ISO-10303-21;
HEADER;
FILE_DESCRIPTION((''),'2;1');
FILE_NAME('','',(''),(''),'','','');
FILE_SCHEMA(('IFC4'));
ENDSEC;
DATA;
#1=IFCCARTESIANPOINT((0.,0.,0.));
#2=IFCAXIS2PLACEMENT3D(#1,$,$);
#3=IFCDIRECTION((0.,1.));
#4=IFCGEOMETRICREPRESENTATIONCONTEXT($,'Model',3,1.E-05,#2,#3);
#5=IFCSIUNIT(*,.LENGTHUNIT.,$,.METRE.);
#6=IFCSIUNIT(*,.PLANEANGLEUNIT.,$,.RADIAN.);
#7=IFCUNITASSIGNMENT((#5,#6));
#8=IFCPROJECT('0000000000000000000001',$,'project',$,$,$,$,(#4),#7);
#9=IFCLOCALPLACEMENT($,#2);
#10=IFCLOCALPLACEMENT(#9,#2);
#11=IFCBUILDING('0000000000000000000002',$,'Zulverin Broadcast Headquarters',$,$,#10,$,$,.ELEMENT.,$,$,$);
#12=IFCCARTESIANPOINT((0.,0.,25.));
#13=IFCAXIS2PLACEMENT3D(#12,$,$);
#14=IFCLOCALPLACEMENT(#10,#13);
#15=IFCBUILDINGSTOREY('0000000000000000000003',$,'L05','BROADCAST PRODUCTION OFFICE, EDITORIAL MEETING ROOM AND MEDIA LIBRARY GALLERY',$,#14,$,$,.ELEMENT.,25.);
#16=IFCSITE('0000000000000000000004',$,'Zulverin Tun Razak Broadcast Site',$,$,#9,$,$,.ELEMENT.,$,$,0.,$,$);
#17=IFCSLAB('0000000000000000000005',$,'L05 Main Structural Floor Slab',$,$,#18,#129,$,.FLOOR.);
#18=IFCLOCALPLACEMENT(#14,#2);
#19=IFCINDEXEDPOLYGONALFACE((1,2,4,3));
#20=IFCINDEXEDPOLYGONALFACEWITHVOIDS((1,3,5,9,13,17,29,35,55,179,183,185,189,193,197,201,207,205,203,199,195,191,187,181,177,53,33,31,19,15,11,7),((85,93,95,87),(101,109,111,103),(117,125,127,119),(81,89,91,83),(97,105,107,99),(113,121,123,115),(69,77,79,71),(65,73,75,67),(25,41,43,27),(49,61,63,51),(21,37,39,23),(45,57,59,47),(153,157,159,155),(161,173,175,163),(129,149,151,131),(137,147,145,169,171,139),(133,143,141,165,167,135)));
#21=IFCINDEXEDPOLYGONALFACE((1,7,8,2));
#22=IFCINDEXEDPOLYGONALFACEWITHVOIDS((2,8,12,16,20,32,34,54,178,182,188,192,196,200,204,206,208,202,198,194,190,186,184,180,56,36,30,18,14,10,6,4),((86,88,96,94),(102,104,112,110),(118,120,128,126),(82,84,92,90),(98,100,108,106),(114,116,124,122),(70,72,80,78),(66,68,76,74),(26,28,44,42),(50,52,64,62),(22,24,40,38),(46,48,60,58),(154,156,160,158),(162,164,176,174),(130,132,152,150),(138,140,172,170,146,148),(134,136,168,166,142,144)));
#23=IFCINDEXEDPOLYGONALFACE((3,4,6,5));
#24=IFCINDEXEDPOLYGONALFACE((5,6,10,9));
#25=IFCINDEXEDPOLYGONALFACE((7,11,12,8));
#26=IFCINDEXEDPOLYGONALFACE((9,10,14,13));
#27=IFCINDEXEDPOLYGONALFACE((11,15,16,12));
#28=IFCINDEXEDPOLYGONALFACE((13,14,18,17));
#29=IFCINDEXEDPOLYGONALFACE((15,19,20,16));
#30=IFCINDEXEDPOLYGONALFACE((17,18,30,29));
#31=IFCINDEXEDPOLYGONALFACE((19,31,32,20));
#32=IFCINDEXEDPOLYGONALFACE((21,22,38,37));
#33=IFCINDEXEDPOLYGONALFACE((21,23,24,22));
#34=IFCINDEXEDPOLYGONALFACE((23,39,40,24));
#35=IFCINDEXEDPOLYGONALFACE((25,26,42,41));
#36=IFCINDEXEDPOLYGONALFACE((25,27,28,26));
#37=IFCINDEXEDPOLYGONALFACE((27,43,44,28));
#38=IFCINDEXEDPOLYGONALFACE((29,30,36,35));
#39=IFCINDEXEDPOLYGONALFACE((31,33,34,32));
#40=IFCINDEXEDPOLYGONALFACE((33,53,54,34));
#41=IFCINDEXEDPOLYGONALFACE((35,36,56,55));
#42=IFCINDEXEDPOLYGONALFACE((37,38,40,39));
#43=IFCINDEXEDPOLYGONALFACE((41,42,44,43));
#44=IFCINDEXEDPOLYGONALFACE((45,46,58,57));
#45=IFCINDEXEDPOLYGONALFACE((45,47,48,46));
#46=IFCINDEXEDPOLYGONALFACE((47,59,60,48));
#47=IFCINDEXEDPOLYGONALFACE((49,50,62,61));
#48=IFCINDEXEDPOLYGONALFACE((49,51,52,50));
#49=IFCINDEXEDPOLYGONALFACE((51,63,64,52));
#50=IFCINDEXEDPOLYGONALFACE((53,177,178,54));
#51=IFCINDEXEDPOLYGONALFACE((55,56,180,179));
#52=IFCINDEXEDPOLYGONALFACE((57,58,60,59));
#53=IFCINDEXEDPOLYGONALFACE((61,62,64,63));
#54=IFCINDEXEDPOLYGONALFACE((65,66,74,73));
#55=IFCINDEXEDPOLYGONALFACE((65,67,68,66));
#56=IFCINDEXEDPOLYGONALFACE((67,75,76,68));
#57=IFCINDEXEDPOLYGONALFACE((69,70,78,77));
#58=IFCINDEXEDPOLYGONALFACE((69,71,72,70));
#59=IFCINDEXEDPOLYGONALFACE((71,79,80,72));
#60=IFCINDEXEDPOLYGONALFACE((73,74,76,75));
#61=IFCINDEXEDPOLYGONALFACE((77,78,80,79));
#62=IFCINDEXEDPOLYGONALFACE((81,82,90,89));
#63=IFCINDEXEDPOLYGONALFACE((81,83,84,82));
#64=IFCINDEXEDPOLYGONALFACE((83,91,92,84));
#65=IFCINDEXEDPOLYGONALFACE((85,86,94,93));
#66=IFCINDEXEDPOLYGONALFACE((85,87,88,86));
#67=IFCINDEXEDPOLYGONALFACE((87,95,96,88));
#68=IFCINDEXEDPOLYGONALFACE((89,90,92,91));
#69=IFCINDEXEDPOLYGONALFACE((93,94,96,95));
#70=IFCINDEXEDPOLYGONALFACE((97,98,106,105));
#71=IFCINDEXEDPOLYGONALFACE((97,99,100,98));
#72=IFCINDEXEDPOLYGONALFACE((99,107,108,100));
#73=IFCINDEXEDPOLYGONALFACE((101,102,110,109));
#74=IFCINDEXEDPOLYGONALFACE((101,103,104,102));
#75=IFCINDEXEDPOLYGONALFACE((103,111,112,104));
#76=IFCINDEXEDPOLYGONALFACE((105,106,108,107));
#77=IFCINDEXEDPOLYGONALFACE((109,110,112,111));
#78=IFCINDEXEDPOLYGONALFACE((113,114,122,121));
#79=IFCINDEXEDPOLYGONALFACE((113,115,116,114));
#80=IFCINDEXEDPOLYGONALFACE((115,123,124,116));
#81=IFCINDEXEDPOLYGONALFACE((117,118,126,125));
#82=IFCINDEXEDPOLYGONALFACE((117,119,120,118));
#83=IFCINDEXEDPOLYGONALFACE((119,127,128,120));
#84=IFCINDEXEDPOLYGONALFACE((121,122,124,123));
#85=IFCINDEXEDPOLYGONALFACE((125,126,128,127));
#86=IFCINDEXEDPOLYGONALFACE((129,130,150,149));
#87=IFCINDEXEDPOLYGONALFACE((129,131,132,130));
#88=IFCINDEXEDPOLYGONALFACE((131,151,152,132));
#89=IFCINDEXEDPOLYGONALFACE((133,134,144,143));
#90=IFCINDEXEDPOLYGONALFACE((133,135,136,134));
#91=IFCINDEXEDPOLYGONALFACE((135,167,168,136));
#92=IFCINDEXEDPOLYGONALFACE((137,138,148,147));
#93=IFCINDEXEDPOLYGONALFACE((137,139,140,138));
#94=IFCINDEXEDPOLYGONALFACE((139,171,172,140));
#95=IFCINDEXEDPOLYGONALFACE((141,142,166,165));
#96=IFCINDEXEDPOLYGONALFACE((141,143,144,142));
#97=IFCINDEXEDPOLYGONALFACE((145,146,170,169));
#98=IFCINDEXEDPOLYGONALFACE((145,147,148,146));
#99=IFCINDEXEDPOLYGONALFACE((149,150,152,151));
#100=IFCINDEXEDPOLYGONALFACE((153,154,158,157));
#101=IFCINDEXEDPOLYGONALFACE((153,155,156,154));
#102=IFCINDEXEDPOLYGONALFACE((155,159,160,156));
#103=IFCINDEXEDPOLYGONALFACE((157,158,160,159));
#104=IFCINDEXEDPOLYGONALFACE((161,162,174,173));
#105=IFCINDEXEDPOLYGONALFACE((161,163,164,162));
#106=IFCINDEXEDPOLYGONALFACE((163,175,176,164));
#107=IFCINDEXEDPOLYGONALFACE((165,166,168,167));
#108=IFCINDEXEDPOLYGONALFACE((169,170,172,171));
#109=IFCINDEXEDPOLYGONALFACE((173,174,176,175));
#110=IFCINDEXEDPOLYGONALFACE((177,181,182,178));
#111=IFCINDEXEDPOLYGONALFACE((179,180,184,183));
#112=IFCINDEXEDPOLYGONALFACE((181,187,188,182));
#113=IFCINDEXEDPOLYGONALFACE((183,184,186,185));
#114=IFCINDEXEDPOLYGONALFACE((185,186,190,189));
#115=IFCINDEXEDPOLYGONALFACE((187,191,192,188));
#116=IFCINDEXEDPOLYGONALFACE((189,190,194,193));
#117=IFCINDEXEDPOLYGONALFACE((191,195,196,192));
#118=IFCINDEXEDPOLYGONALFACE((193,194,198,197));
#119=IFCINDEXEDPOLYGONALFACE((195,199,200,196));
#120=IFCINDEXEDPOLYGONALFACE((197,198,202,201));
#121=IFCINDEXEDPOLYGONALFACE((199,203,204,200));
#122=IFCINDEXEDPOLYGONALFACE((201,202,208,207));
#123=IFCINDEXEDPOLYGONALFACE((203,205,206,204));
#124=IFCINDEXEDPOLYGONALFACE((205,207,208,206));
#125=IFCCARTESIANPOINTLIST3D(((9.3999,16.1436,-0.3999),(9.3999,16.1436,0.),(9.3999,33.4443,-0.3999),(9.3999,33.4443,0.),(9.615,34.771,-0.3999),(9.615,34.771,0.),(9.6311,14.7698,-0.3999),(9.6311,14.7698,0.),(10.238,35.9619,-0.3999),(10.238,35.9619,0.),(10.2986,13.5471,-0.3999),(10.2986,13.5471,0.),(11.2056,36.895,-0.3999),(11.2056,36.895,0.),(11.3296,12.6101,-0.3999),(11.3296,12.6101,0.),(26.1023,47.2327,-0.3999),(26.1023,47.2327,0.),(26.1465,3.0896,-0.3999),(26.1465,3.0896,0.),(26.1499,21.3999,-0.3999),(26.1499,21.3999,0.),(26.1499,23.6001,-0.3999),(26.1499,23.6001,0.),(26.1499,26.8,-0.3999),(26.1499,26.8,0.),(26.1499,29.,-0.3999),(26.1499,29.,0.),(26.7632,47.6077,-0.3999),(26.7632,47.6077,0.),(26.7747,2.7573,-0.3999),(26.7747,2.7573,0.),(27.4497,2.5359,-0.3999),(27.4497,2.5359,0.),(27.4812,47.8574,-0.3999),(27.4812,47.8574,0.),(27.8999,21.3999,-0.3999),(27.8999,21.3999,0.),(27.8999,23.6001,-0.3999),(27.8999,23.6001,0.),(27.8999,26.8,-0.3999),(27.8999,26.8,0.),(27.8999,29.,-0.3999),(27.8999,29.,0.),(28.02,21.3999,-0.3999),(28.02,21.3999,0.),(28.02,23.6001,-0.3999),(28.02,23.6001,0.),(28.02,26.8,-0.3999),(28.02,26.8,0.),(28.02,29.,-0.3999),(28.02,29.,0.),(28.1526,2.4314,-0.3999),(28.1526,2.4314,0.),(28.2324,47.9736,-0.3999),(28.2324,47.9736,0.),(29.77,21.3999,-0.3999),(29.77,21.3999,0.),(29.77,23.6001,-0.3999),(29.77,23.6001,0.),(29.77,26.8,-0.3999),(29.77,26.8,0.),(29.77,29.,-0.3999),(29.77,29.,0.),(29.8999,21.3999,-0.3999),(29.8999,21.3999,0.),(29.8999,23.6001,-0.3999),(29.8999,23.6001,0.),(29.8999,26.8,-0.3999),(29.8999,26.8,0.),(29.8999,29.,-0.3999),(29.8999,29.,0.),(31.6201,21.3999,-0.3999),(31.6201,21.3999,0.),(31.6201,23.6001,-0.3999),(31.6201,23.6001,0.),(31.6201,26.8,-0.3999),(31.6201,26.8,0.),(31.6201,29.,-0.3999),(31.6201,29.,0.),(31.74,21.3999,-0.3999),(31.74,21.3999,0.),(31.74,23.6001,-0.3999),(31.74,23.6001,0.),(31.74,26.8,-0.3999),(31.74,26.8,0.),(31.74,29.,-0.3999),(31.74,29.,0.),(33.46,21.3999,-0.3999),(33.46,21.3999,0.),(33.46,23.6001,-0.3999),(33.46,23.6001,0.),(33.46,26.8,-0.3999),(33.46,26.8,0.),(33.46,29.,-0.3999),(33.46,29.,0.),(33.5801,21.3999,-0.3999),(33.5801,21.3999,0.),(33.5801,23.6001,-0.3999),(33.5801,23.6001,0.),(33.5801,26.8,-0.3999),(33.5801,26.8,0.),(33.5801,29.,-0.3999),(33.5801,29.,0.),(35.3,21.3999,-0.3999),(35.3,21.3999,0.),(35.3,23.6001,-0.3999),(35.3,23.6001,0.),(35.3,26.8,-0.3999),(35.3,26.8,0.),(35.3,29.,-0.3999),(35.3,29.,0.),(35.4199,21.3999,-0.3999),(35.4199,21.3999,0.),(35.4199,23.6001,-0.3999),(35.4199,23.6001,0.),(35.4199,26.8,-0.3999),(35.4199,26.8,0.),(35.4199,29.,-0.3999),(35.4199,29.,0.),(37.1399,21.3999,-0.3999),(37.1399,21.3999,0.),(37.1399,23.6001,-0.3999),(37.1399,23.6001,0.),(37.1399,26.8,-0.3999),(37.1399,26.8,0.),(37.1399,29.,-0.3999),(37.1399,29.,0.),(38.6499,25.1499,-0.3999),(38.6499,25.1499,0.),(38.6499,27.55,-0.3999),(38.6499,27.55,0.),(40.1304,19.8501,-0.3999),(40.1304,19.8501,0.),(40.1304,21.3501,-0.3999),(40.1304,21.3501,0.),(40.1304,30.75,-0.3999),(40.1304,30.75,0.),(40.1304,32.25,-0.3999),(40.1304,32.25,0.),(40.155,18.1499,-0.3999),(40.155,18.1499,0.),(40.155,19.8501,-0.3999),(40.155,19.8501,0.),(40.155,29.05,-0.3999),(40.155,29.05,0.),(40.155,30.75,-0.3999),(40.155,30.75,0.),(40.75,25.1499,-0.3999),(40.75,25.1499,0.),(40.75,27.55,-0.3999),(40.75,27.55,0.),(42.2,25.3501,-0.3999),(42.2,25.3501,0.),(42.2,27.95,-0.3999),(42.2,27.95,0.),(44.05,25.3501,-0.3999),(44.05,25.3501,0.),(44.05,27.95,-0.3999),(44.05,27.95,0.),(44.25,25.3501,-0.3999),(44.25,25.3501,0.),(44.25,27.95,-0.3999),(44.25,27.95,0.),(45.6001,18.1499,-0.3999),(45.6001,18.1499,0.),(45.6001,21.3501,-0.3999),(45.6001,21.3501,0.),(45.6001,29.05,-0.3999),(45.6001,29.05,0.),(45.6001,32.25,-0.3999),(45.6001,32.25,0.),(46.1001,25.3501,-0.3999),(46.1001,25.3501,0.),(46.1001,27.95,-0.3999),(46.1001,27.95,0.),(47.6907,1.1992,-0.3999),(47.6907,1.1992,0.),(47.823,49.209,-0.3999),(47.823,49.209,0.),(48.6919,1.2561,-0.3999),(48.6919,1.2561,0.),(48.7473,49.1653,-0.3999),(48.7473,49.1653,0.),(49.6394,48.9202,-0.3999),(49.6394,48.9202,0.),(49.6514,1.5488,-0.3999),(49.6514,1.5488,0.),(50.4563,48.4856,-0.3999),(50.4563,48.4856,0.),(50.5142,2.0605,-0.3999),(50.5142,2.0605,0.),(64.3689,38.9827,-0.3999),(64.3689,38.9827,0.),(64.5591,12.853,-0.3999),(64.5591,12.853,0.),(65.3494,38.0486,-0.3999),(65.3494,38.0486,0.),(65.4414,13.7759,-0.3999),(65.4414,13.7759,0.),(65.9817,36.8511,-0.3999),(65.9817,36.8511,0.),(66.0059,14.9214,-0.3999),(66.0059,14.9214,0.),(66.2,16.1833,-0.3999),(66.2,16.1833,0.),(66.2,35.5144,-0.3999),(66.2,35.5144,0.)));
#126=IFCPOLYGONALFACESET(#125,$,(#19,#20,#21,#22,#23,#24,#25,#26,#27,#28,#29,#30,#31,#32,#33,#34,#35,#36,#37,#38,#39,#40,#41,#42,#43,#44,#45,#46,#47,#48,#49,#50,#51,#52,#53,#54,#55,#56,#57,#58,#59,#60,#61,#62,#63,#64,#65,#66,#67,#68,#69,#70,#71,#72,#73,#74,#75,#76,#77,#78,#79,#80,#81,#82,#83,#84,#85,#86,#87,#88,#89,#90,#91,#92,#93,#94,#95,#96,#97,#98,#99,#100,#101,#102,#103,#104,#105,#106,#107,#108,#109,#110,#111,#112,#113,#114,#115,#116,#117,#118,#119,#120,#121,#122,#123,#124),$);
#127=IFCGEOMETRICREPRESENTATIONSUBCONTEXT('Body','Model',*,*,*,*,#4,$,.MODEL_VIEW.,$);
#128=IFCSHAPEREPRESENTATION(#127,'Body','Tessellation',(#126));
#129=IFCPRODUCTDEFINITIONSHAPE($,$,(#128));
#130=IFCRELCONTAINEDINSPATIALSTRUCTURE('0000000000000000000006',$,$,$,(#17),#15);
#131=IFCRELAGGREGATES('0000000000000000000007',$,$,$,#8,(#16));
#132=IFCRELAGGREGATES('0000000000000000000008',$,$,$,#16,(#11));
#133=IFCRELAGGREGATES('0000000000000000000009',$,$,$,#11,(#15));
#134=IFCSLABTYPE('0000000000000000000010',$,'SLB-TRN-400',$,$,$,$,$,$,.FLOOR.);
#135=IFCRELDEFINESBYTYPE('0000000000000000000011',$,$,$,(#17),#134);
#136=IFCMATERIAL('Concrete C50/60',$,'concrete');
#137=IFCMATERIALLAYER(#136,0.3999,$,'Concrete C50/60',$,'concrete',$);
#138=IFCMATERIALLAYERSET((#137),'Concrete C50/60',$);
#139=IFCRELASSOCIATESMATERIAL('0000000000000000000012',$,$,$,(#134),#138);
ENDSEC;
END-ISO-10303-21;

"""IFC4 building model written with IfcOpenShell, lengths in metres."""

from ifc_helpers import new_model, si_unit, direction, frame, origin, place, context, subcontext, project, spatial, polyline, outline, extrude, material, layer, layer_set, type_object, element, save


model = new_model("IFC4")

# Units and contexts
model_context = context("Model", 3, precision=1e-05, world=origin(), true_north=direction((0.0, 1.0)))
body_context = subcontext(model_context, "Body", "Model", "MODEL_VIEW")
ifc_project = project(units=[si_unit("LENGTHUNIT", "METRE"), si_unit("PLANEANGLEUNIT", "RADIAN")], contexts=[model_context])

# Site, building, storey
site_placement = place(None, origin())
site = spatial("IfcSite", under=ifc_project, at=site_placement, Name="Zulverin Tun Razak Broadcast Site", CompositionType="ELEMENT", RefElevation=0.0)
building_placement = place(site_placement, origin())
building = spatial("IfcBuilding", under=site, at=building_placement, Name="Zulverin Broadcast Headquarters", CompositionType="ELEMENT")
storey_placement = place(building_placement, frame((0.0, 0.0, 25.0)))
storey = spatial("IfcBuildingStorey", under=building, at=storey_placement, Name="L05", Description="BROADCAST PRODUCTION OFFICE, EDITORIAL MEETING ROOM AND MEDIA LIBRARY GALLERY", CompositionType="ELEMENT", Elevation=25.0)

# Slab
ifc_material_1 = material(Name="Concrete C50/60", Category="concrete")
ifc_layer_1 = layer(ifc_material_1, 0.3999, Name="Concrete C50/60", Category="concrete")
ifc_layer_set_1 = layer_set([ifc_layer_1], Name="Concrete C50/60")
slab_type_1 = type_object("IfcSlabType", Name="SLB-TRN-400", PredefinedType="FLOOR", material=ifc_layer_set_1)
slab_1_placement = place(storey_placement, frame((0.0, 0.0, -0.3999)))
element("IfcSlab", 1, at=slab_1_placement, inside=storey, type_object=slab_type_1, Name="L05 Main Structural Floor Slab", PredefinedType="FLOOR", context=body_context, shape_type="SweptSolid", body=[
    extrude(outline(polyline([(26.1465, 3.0896), (26.7747, 2.7573), (27.4497, 2.5359), (28.1526, 2.4314), (47.6907, 1.1992), (48.6919, 1.2561), (49.6514, 1.5488), (50.5142, 2.0605), (64.5591, 12.853), (65.4414, 13.7759), (66.0059, 14.9214), (66.2, 16.1833), (66.2, 35.5144), (65.9817, 36.8511), (65.3494, 38.0486), (64.3689, 38.9827), (50.4563, 48.4856), (49.6394, 48.9202), (48.7473, 49.1653), (47.823, 49.209), (28.2324, 47.9736), (27.4812, 47.8574), (26.7632, 47.6077), (26.1023, 47.2327), (11.2056, 36.895), (10.238, 35.9619), (9.615, 34.771), (9.3999, 33.4443), (9.3999, 16.1436), (9.6311, 14.7698), (10.2986, 13.5471), (11.3296, 12.6101), (26.1465, 3.0896)]), holes=[polyline([(40.155, 30.75), (40.1304, 30.75), (40.1304, 32.25), (45.6001, 32.25), (45.6001, 29.05), (40.155, 29.05), (40.155, 30.75)]), polyline([(40.155, 19.8501), (40.1304, 19.8501), (40.1304, 21.3501), (45.6001, 21.3501), (45.6001, 18.1499), (40.155, 18.1499), (40.155, 19.8501)]), polyline([(26.1499, 26.8), (27.8999, 26.8), (27.8999, 29.0), (26.1499, 29.0), (26.1499, 26.8)]), polyline([(28.02, 26.8), (29.77, 26.8), (29.77, 29.0), (28.02, 29.0), (28.02, 26.8)]), polyline([(26.1499, 21.3999), (27.8999, 21.3999), (27.8999, 23.6001), (26.1499, 23.6001), (26.1499, 21.3999)]), polyline([(28.02, 21.3999), (29.77, 21.3999), (29.77, 23.6001), (28.02, 23.6001), (28.02, 21.3999)]), polyline([(29.8999, 21.3999), (31.6201, 21.3999), (31.6201, 23.6001), (29.8999, 23.6001), (29.8999, 21.3999)]), polyline([(31.74, 21.3999), (33.46, 21.3999), (33.46, 23.6001), (31.74, 23.6001), (31.74, 21.3999)]), polyline([(33.5801, 21.3999), (35.3, 21.3999), (35.3, 23.6001), (33.5801, 23.6001), (33.5801, 21.3999)]), polyline([(35.4199, 21.3999), (37.1399, 21.3999), (37.1399, 23.6001), (35.4199, 23.6001), (35.4199, 21.3999)]), polyline([(29.8999, 26.8), (31.6201, 26.8), (31.6201, 29.0), (29.8999, 29.0), (29.8999, 26.8)]), polyline([(31.74, 26.8), (33.46, 26.8), (33.46, 29.0), (31.74, 29.0), (31.74, 26.8)]), polyline([(33.5801, 26.8), (35.3, 26.8), (35.3, 29.0), (33.5801, 29.0), (33.5801, 26.8)]), polyline([(35.4199, 26.8), (37.1399, 26.8), (37.1399, 29.0), (35.4199, 29.0), (35.4199, 26.8)]), polyline([(42.2, 25.3501), (44.05, 25.3501), (44.05, 27.95), (42.2, 27.95), (42.2, 25.3501)]), polyline([(44.25, 25.3501), (46.1001, 25.3501), (46.1001, 27.95), (44.25, 27.95), (44.25, 25.3501)]), polyline([(38.6499, 25.1499), (40.75, 25.1499), (40.75, 27.55), (38.6499, 27.55), (38.6499, 25.1499)])]), origin(), (0.0, 0.0, 1.0), 0.3999),
])

save(model, "model.ifc")
